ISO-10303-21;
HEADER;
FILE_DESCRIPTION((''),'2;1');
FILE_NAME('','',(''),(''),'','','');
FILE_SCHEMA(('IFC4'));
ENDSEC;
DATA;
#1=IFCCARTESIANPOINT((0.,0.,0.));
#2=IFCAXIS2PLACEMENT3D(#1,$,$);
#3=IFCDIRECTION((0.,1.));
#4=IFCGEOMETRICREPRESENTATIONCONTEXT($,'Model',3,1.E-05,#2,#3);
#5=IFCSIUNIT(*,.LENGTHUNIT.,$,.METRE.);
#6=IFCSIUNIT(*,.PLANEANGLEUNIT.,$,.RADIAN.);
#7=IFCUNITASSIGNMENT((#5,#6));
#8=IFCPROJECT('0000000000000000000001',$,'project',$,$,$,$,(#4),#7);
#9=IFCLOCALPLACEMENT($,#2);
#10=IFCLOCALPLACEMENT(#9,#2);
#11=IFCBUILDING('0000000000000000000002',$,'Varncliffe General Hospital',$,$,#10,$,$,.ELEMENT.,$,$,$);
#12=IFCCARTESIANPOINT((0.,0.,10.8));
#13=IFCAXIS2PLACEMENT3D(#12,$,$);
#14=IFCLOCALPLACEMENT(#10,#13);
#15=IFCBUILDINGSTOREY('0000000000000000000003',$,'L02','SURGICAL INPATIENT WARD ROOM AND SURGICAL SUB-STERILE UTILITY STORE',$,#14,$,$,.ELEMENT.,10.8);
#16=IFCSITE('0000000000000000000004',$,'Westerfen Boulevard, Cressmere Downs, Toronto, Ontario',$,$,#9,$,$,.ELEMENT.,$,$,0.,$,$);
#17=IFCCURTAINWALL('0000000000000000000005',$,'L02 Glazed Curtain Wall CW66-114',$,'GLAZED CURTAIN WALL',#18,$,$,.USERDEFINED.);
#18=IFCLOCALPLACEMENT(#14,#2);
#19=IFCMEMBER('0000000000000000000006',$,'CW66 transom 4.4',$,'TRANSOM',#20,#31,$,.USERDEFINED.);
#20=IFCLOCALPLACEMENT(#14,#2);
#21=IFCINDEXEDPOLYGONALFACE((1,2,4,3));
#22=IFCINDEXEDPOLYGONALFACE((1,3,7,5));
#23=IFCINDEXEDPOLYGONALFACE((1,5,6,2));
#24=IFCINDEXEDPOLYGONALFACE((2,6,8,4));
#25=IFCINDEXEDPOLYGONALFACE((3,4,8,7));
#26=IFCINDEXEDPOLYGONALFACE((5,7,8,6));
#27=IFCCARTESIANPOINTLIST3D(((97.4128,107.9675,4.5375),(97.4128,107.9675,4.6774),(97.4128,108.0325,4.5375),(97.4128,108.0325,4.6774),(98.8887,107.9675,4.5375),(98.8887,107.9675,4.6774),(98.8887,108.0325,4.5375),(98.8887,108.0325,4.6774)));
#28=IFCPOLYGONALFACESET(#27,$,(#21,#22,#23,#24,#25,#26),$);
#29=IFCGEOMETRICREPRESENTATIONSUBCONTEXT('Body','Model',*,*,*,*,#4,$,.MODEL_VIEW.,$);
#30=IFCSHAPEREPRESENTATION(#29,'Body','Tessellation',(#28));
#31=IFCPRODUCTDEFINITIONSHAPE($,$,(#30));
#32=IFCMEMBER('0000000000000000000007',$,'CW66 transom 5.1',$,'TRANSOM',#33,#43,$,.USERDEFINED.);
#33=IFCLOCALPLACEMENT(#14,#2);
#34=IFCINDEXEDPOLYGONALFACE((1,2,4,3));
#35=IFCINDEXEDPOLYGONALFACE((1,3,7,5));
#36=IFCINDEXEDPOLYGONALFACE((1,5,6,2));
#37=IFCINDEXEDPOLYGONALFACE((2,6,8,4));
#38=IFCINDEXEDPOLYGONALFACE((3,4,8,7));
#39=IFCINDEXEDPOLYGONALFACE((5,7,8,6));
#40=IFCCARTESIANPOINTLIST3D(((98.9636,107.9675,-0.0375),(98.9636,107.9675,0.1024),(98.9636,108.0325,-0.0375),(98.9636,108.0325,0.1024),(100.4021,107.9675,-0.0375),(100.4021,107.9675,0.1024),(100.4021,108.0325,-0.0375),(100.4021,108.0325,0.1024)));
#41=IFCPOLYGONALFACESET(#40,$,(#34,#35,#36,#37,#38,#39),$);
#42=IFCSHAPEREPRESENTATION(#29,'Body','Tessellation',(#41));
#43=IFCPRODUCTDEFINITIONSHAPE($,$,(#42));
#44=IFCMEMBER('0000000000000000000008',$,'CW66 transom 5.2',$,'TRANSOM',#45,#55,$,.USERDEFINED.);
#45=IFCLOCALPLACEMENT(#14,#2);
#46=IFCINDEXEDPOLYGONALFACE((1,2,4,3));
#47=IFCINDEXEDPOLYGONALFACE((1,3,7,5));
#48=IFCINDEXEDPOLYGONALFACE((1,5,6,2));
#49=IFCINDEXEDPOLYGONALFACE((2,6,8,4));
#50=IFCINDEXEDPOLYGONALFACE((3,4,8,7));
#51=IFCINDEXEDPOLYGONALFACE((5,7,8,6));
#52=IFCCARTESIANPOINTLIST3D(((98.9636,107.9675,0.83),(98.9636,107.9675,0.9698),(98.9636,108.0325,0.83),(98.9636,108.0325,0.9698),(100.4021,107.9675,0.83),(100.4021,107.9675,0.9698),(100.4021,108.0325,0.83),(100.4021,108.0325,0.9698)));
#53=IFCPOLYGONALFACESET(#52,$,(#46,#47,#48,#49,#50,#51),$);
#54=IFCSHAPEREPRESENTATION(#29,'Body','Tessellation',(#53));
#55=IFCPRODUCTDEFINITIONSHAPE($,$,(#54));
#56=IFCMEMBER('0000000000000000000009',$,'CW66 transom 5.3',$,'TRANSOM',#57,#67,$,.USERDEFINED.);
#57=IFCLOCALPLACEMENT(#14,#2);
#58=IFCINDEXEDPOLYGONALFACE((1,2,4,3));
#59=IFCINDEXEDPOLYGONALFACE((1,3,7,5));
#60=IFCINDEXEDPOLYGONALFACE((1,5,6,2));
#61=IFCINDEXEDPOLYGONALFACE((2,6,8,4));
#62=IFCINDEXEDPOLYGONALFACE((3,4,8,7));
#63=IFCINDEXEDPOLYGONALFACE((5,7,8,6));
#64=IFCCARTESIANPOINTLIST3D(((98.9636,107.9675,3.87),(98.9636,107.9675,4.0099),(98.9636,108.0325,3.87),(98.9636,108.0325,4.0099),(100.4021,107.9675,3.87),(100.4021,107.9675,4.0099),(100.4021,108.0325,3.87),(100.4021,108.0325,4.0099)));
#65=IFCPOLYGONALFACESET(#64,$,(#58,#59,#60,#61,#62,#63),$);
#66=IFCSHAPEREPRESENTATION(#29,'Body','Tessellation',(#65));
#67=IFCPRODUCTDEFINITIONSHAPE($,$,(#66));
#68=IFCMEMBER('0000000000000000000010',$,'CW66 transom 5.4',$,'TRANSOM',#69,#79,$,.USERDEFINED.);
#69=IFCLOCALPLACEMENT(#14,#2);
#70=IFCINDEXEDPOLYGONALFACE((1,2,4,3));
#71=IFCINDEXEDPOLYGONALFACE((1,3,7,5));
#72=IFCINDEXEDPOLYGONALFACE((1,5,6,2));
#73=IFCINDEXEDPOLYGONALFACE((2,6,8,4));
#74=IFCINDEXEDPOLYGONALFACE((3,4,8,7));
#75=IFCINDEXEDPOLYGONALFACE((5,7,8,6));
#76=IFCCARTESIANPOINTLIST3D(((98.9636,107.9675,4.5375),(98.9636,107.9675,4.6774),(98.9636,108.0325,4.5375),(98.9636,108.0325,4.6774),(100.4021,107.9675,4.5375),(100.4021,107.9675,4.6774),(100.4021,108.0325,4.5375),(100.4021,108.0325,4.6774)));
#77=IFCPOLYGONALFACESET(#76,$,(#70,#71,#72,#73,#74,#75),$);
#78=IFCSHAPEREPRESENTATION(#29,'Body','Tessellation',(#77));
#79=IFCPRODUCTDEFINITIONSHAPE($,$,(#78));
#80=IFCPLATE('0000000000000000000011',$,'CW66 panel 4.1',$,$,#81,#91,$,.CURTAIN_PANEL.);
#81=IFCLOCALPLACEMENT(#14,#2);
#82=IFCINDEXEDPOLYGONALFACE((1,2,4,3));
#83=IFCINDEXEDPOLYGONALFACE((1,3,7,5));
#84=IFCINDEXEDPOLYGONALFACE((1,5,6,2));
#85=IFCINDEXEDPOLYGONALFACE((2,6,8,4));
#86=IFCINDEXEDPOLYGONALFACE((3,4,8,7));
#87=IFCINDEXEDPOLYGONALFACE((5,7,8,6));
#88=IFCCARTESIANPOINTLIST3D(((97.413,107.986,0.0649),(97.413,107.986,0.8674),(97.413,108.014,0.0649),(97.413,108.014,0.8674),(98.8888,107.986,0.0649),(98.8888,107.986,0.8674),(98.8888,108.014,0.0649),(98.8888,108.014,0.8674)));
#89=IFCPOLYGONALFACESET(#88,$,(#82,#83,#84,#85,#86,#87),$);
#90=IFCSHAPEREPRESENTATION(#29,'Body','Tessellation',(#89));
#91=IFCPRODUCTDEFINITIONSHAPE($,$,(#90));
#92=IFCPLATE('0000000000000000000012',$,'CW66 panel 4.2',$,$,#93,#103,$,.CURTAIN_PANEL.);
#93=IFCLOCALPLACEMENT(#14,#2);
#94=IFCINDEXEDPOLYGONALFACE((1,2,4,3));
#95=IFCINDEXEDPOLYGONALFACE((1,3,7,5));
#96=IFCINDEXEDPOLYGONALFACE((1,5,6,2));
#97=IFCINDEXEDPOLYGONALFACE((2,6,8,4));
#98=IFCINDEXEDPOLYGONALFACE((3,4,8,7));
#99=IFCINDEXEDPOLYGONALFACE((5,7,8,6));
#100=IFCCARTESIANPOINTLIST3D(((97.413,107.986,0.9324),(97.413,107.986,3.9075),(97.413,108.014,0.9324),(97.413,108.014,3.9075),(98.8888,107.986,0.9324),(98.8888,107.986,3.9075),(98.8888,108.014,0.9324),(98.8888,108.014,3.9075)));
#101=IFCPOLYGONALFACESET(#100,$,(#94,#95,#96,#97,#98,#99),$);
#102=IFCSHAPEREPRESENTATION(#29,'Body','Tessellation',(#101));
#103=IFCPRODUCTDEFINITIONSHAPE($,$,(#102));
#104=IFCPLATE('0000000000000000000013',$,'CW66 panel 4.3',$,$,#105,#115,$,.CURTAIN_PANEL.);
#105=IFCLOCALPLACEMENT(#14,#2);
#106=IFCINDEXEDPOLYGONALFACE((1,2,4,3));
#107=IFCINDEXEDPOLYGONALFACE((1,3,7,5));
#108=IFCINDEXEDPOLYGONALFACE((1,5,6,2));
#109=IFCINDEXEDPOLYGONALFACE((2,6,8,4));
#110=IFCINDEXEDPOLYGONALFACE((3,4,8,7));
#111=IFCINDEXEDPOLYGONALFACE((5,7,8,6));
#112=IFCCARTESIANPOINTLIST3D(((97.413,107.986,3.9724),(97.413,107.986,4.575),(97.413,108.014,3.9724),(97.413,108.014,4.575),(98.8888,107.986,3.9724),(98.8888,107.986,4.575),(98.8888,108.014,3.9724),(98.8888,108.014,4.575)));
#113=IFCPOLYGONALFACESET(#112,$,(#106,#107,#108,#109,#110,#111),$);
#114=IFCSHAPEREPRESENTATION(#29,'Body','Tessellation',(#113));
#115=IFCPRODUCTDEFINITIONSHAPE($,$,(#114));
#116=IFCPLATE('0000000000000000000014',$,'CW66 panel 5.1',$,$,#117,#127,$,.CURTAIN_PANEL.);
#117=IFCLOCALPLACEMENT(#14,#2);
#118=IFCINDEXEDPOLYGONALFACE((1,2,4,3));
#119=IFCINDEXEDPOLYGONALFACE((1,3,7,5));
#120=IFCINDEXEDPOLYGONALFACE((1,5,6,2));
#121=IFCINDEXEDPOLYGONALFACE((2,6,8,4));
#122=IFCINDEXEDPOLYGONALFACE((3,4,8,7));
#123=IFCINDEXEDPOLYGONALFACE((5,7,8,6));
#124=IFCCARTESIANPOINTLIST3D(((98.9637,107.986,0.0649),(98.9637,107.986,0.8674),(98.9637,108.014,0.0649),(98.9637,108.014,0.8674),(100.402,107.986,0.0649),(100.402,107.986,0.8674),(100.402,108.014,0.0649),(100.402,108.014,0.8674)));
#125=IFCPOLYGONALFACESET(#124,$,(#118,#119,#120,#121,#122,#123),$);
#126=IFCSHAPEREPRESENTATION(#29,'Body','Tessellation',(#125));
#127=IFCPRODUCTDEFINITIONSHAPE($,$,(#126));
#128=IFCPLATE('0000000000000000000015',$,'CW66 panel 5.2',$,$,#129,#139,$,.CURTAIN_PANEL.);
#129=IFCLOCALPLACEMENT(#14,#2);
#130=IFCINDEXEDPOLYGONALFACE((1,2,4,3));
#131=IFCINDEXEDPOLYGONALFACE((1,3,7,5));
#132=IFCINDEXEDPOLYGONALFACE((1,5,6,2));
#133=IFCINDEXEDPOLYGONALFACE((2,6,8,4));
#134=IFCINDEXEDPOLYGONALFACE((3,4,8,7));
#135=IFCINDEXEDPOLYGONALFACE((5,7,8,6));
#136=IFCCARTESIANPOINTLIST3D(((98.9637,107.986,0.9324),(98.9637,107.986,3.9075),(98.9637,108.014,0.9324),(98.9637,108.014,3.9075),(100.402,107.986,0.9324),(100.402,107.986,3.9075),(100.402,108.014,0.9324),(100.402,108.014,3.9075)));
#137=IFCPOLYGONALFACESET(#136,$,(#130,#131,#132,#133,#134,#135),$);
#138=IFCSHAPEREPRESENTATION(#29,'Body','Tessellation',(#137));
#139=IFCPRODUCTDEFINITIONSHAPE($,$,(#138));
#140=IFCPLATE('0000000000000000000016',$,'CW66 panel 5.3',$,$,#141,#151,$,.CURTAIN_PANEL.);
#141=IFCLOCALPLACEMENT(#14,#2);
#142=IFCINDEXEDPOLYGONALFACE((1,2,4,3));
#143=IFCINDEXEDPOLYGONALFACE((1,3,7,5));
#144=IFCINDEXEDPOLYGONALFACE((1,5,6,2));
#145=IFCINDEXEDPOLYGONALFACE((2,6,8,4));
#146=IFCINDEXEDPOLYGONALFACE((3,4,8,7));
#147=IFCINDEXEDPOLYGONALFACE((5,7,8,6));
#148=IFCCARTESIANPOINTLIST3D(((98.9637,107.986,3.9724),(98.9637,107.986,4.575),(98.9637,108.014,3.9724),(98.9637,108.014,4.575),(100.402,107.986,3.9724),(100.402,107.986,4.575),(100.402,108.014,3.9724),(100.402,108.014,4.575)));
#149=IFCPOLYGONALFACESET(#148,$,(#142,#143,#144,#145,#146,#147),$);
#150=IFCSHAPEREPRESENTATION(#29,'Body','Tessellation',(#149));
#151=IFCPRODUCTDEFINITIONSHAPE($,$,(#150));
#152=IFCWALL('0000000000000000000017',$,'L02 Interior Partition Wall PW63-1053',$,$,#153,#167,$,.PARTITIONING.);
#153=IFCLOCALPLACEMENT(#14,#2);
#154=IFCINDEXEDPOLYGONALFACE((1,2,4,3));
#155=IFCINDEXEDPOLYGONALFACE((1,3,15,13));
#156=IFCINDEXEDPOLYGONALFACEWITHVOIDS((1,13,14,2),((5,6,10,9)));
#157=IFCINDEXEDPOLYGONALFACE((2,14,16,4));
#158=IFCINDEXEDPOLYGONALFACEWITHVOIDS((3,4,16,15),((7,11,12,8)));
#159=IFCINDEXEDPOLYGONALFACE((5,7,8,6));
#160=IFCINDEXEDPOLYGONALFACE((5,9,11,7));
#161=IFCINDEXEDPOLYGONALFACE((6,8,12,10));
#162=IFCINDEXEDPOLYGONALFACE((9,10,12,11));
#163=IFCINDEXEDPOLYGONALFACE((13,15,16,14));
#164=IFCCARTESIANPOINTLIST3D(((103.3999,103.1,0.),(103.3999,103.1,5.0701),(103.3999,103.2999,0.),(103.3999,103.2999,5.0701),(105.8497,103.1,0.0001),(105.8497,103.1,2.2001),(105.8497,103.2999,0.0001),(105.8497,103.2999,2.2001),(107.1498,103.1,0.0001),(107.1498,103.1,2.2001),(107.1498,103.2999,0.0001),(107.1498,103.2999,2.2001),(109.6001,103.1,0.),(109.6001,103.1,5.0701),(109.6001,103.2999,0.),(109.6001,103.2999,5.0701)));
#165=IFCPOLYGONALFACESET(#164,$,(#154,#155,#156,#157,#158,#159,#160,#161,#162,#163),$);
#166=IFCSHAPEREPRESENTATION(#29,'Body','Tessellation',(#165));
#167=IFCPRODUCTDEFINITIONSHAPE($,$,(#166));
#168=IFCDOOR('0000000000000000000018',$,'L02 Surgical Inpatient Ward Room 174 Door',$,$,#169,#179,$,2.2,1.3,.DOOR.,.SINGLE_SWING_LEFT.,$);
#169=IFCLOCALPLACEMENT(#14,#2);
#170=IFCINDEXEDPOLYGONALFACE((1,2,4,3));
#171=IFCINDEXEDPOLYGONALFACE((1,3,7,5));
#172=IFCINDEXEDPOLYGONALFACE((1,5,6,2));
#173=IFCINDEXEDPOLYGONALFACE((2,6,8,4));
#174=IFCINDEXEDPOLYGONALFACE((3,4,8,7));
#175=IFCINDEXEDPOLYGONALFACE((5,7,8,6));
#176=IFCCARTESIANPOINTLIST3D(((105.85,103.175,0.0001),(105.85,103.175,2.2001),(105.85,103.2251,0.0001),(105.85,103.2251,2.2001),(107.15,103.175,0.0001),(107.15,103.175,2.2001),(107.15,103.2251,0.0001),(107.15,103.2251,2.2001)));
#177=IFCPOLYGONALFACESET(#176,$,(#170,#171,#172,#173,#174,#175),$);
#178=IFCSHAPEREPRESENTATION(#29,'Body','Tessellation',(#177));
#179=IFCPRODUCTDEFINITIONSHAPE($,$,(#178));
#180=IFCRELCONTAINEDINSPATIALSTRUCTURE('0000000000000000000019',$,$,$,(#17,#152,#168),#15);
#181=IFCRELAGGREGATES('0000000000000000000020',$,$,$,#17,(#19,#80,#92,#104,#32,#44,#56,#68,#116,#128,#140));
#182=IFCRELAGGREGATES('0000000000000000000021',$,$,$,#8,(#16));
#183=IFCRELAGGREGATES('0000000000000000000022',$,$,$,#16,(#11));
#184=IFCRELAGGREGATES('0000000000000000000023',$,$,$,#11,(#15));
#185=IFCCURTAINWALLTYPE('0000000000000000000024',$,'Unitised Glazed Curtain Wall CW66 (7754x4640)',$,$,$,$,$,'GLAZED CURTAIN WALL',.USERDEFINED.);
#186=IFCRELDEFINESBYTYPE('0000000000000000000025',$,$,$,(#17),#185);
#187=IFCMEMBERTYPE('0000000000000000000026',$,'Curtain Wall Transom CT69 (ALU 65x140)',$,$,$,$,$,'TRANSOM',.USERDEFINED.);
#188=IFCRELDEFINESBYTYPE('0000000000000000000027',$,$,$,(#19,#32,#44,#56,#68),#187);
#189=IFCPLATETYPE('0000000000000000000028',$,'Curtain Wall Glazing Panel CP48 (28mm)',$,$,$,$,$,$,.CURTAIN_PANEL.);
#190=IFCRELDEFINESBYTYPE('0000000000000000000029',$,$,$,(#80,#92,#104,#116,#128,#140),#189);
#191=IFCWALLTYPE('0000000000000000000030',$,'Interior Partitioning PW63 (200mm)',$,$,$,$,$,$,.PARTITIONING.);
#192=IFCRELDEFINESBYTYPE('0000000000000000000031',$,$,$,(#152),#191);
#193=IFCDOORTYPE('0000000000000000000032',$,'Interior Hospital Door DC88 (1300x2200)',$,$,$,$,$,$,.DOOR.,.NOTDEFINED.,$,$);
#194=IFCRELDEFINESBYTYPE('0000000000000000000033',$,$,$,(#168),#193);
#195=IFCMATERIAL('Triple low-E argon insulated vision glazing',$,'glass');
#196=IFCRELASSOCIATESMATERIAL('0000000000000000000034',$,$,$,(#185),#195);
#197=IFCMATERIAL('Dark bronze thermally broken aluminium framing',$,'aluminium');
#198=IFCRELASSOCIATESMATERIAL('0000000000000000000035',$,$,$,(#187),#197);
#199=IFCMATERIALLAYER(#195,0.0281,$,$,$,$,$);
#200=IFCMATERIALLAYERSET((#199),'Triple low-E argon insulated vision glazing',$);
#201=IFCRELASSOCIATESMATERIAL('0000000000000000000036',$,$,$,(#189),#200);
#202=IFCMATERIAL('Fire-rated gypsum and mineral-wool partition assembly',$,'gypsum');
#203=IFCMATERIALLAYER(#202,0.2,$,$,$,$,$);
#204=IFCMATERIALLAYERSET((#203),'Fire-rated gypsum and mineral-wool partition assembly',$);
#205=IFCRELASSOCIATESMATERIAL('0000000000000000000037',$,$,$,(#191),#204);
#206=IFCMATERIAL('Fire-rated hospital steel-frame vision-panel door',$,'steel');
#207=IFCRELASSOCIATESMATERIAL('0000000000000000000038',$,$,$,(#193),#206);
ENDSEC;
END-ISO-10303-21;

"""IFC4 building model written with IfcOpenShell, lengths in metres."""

from ifc_helpers import new_model, si_unit, direction, frame, frame_2d, origin, origin_2d, place, context, subcontext, project, spatial, rectangle, extrude, material, layer, layer_set, material_profile, profile_set, type_object, element, fill, aggregate, save


model = new_model("IFC4")

# Units and contexts
model_context = context("Model", 3, precision=1e-05, world=origin(), true_north=direction((0.0, 1.0)))
body_context = subcontext(model_context, "Body", "Model", "MODEL_VIEW")
ifc_project = project(units=[si_unit("LENGTHUNIT", "METRE"), si_unit("PLANEANGLEUNIT", "RADIAN")], contexts=[model_context])

# Site, building, storey
site_placement = place(None, origin())
site = spatial("IfcSite", under=ifc_project, at=site_placement, Name="Westerfen Boulevard, Cressmere Downs, Toronto, Ontario", CompositionType="ELEMENT", RefElevation=0.0)
building_placement = place(site_placement, origin())
building = spatial("IfcBuilding", under=site, at=building_placement, Name="Varncliffe General Hospital", CompositionType="ELEMENT")
storey_placement = place(building_placement, frame((0.0, 0.0, 10.8)))
storey = spatial("IfcBuildingStorey", under=building, at=storey_placement, Name="L02", Description="SURGICAL INPATIENT WARD ROOM AND SURGICAL SUB-STERILE UTILITY STORE", CompositionType="ELEMENT", Elevation=10.8)

# Shared definitions
ifc_material_1 = material(Name="Triple low-E argon insulated vision glazing", Category="glass")
ifc_material_2 = material(Name="Dark bronze thermally broken aluminium framing", Category="aluminium")

# Curtain wall
curtain_wall_type_1 = type_object("IfcCurtainWallType", Name="Unitised Glazed Curtain Wall CW66 (7754x4640)", ElementType="GLAZED CURTAIN WALL", PredefinedType="USERDEFINED", material=ifc_material_1)
curtain_wall_1_placement = place(storey_placement, origin())
curtain_wall_1 = element("IfcCurtainWall", 1, at=curtain_wall_1_placement, inside=storey, type_object=curtain_wall_type_1, Name="L02 Glazed Curtain Wall CW66-114", ObjectType="GLAZED CURTAIN WALL", PredefinedType="USERDEFINED")

# Members
ifc_material_profile_1 = material_profile(ifc_material_2, rectangle(XDim=0.0649, YDim=0.1399, at=origin_2d()), Name="ALU 65x140")
ifc_profile_set_1 = profile_set([ifc_material_profile_1], Name="Dark bronze thermally broken aluminium framing")
member_type_1 = type_object("IfcMemberType", Name="Curtain Wall Transom CT69 (ALU 65x140)", ElementType="TRANSOM", PredefinedType="USERDEFINED", material=ifc_profile_set_1)
member_1_placement = place(storey_placement, frame((97.4128, 108.0, 4.6074), z_axis=(1.0, 0.0, 0.0), x_axis=(0.0, 1.0, 0.0)))
member_1 = element("IfcMember", 2, at=member_1_placement, type_object=member_type_1, Name="CW66 transom 4.4", ObjectType="TRANSOM", PredefinedType="USERDEFINED", context=body_context, shape_type="SweptSolid", body=[
    extrude(rectangle(XDim=0.0649, YDim=0.1399, at=origin_2d()), origin(), (0.0, 0.0, 1.0), 1.4758),
])
member_2_placement = place(storey_placement, frame((98.9636, 108.0, 0.0325), z_axis=(1.0, 0.0, 0.0), x_axis=(0.0, 1.0, 0.0)))
member_2 = element("IfcMember", 3, at=member_2_placement, type_object=member_type_1, Name="CW66 transom 5.1", ObjectType="TRANSOM", PredefinedType="USERDEFINED", context=body_context, shape_type="SweptSolid", body=[
    extrude(rectangle(XDim=0.0649, YDim=0.1399, at=origin_2d()), origin(), (0.0, 0.0, 1.0), 1.4385),
])
member_3_placement = place(storey_placement, frame((98.9636, 108.0, 0.8999), z_axis=(1.0, 0.0, 0.0), x_axis=(0.0, 1.0, 0.0)))
member_3 = element("IfcMember", 4, at=member_3_placement, type_object=member_type_1, Name="CW66 transom 5.2", ObjectType="TRANSOM", PredefinedType="USERDEFINED", context=body_context, shape_type="SweptSolid", body=[
    extrude(rectangle(XDim=0.0649, YDim=0.1399, at=origin_2d()), origin(), (0.0, 0.0, 1.0), 1.4385),
])
member_4_placement = place(storey_placement, frame((98.9636, 108.0, 3.9399), z_axis=(1.0, 0.0, 0.0), x_axis=(0.0, 1.0, 0.0)))
member_4 = element("IfcMember", 5, at=member_4_placement, type_object=member_type_1, Name="CW66 transom 5.3", ObjectType="TRANSOM", PredefinedType="USERDEFINED", context=body_context, shape_type="SweptSolid", body=[
    extrude(rectangle(XDim=0.0649, YDim=0.1399, at=origin_2d()), origin(), (0.0, 0.0, 1.0), 1.4385),
])
member_5_placement = place(storey_placement, frame((98.9636, 108.0, 4.6074), z_axis=(1.0, 0.0, 0.0), x_axis=(0.0, 1.0, 0.0)))
member_5 = element("IfcMember", 6, at=member_5_placement, type_object=member_type_1, Name="CW66 transom 5.4", ObjectType="TRANSOM", PredefinedType="USERDEFINED", context=body_context, shape_type="SweptSolid", body=[
    extrude(rectangle(XDim=0.0649, YDim=0.1399, at=origin_2d()), origin(), (0.0, 0.0, 1.0), 1.4385),
])

# Plates
ifc_layer_1 = layer(ifc_material_1, 0.0281)
ifc_layer_set_1 = layer_set([ifc_layer_1], Name="Triple low-E argon insulated vision glazing")
plate_type = type_object("IfcPlateType", Name="Curtain Wall Glazing Panel CP48 (28mm)", PredefinedType="CURTAIN_PANEL", material=ifc_layer_set_1)
plate_1_placement = place(storey_placement, frame((98.1509, 108.0, 0.0649), z_axis=(0.0, 0.0, 1.0), x_axis=(1.0, 0.0, 0.0)))
plate_1 = element("IfcPlate", 7, at=plate_1_placement, type_object=plate_type, Name="CW66 panel 4.1", PredefinedType="CURTAIN_PANEL", context=body_context, shape_type="SweptSolid", body=[
    extrude(rectangle(XDim=1.4758, YDim=0.0281, at=origin_2d()), origin(), (0.0, 0.0, 1.0), 0.8025),
])
plate_2_placement = place(storey_placement, frame((98.1509, 108.0, 0.9324), z_axis=(0.0, 0.0, 1.0), x_axis=(1.0, 0.0, 0.0)))
plate_2 = element("IfcPlate", 8, at=plate_2_placement, type_object=plate_type, Name="CW66 panel 4.2", PredefinedType="CURTAIN_PANEL", context=body_context, shape_type="SweptSolid", body=[
    extrude(rectangle(XDim=1.4758, YDim=0.0281, at=origin_2d()), origin(), (0.0, 0.0, 1.0), 2.9751),
])
plate_3_placement = place(storey_placement, frame((98.1509, 108.0, 3.9724), z_axis=(0.0, 0.0, 1.0), x_axis=(1.0, 0.0, 0.0)))
plate_3 = element("IfcPlate", 9, at=plate_3_placement, type_object=plate_type, Name="CW66 panel 4.3", PredefinedType="CURTAIN_PANEL", context=body_context, shape_type="SweptSolid", body=[
    extrude(rectangle(XDim=1.4758, YDim=0.0281, at=origin_2d()), origin(), (0.0, 0.0, 1.0), 0.6025),
])
plate_4_placement = place(storey_placement, frame((99.6829, 108.0, 0.0649), z_axis=(0.0, 0.0, 1.0), x_axis=(1.0, 0.0, 0.0)))
plate_4 = element("IfcPlate", 10, at=plate_4_placement, type_object=plate_type, Name="CW66 panel 5.1", PredefinedType="CURTAIN_PANEL", context=body_context, shape_type="SweptSolid", body=[
    extrude(rectangle(XDim=1.4382, YDim=0.0281, at=origin_2d()), origin(), (0.0, 0.0, 1.0), 0.8025),
])
plate_5_placement = place(storey_placement, frame((99.6829, 108.0, 0.9324), z_axis=(0.0, 0.0, 1.0), x_axis=(1.0, 0.0, 0.0)))
plate_5 = element("IfcPlate", 11, at=plate_5_placement, type_object=plate_type, Name="CW66 panel 5.2", PredefinedType="CURTAIN_PANEL", context=body_context, shape_type="SweptSolid", body=[
    extrude(rectangle(XDim=1.4382, YDim=0.0281, at=origin_2d()), origin(), (0.0, 0.0, 1.0), 2.9751),
])
plate_6_placement = place(storey_placement, frame((99.6829, 108.0, 3.9724), z_axis=(0.0, 0.0, 1.0), x_axis=(1.0, 0.0, 0.0)))
plate_6 = element("IfcPlate", 12, at=plate_6_placement, type_object=plate_type, Name="CW66 panel 5.3", PredefinedType="CURTAIN_PANEL", context=body_context, shape_type="SweptSolid", body=[
    extrude(rectangle(XDim=1.4382, YDim=0.0281, at=origin_2d()), origin(), (0.0, 0.0, 1.0), 0.6025),
])
aggregate(curtain_wall_1, [member_1, plate_1, plate_2, plate_3, member_2, member_3, member_4, member_5, plate_4, plate_5, plate_6])

# Wall, opening, door
ifc_material_3 = material(Name="Fire-rated gypsum and mineral-wool partition assembly", Category="gypsum")
ifc_material_4 = material(Name="Fire-rated hospital steel-frame vision-panel door", Category="steel")
ifc_layer_2 = layer(ifc_material_3, 0.2)
ifc_layer_set_2 = layer_set([ifc_layer_2], Name="Fire-rated gypsum and mineral-wool partition assembly")
wall_type_1 = type_object("IfcWallType", Name="Interior Partitioning PW63 (200mm)", PredefinedType="PARTITIONING", material=ifc_layer_set_2)
wall_1_placement = place(storey_placement, frame((103.3999, 103.2, 0.0), z_axis=(0.0, 0.0, 1.0), x_axis=(1.0, 0.0, 0.0)))
wall_1 = element("IfcWall", 13, at=wall_1_placement, inside=storey, type_object=wall_type_1, Name="L02 Interior Partition Wall PW63-1053", PredefinedType="PARTITIONING", context=body_context, shape_type="SweptSolid", body=[
    extrude(rectangle(XDim=6.2002, YDim=0.2, at=frame_2d((3.1001, 0.0))), origin(), (0.0, 0.0, 1.0), 5.0701),
])
opening_1_placement = place(wall_1_placement, frame((2.45, 0.0, 0.0)))
opening_1 = element("IfcOpeningElement", 14, at=opening_1_placement, cuts=wall_1, PredefinedType="OPENING", context=body_context, shape_type="SweptSolid", body=[
    extrude(rectangle(XDim=1.3, YDim=2.2, at=frame_2d((0.6499, 1.1001))), frame((0.0, 0.1099, 0.0), z_axis=(0.0, -1.0, 0.0), x_axis=(1.0, 0.0, 0.0)), (0.0, 0.0, 1.0), 0.22),
])
door_type_1 = type_object("IfcDoorType", Name="Interior Hospital Door DC88 (1300x2200)", OperationType="NOTDEFINED", PredefinedType="DOOR", material=ifc_material_4)
door_1_placement = place(opening_1_placement, frame((1.3, 0.0, 0.0), z_axis=(0.0, 0.0, 1.0), x_axis=(-1.0, 0.0, 0.0)))
door_1 = element("IfcDoor", 15, at=door_1_placement, inside=storey, type_object=door_type_1, Name="L02 Surgical Inpatient Ward Room 174 Door", OperationType="SINGLE_SWING_LEFT", OverallHeight=2.2, OverallWidth=1.3, PredefinedType="DOOR", context=body_context, shape_type="SweptSolid", body=[
    extrude(rectangle(XDim=1.3, YDim=2.2, at=frame_2d((0.6499, 1.1001))), frame((0.0, 0.0249, 0.0), z_axis=(0.0, -1.0, 0.0), x_axis=(1.0, 0.0, 0.0)), (0.0, 0.0, 1.0), 0.05),
])
fill(opening_1, door_1)

save(model, "model.ifc")
